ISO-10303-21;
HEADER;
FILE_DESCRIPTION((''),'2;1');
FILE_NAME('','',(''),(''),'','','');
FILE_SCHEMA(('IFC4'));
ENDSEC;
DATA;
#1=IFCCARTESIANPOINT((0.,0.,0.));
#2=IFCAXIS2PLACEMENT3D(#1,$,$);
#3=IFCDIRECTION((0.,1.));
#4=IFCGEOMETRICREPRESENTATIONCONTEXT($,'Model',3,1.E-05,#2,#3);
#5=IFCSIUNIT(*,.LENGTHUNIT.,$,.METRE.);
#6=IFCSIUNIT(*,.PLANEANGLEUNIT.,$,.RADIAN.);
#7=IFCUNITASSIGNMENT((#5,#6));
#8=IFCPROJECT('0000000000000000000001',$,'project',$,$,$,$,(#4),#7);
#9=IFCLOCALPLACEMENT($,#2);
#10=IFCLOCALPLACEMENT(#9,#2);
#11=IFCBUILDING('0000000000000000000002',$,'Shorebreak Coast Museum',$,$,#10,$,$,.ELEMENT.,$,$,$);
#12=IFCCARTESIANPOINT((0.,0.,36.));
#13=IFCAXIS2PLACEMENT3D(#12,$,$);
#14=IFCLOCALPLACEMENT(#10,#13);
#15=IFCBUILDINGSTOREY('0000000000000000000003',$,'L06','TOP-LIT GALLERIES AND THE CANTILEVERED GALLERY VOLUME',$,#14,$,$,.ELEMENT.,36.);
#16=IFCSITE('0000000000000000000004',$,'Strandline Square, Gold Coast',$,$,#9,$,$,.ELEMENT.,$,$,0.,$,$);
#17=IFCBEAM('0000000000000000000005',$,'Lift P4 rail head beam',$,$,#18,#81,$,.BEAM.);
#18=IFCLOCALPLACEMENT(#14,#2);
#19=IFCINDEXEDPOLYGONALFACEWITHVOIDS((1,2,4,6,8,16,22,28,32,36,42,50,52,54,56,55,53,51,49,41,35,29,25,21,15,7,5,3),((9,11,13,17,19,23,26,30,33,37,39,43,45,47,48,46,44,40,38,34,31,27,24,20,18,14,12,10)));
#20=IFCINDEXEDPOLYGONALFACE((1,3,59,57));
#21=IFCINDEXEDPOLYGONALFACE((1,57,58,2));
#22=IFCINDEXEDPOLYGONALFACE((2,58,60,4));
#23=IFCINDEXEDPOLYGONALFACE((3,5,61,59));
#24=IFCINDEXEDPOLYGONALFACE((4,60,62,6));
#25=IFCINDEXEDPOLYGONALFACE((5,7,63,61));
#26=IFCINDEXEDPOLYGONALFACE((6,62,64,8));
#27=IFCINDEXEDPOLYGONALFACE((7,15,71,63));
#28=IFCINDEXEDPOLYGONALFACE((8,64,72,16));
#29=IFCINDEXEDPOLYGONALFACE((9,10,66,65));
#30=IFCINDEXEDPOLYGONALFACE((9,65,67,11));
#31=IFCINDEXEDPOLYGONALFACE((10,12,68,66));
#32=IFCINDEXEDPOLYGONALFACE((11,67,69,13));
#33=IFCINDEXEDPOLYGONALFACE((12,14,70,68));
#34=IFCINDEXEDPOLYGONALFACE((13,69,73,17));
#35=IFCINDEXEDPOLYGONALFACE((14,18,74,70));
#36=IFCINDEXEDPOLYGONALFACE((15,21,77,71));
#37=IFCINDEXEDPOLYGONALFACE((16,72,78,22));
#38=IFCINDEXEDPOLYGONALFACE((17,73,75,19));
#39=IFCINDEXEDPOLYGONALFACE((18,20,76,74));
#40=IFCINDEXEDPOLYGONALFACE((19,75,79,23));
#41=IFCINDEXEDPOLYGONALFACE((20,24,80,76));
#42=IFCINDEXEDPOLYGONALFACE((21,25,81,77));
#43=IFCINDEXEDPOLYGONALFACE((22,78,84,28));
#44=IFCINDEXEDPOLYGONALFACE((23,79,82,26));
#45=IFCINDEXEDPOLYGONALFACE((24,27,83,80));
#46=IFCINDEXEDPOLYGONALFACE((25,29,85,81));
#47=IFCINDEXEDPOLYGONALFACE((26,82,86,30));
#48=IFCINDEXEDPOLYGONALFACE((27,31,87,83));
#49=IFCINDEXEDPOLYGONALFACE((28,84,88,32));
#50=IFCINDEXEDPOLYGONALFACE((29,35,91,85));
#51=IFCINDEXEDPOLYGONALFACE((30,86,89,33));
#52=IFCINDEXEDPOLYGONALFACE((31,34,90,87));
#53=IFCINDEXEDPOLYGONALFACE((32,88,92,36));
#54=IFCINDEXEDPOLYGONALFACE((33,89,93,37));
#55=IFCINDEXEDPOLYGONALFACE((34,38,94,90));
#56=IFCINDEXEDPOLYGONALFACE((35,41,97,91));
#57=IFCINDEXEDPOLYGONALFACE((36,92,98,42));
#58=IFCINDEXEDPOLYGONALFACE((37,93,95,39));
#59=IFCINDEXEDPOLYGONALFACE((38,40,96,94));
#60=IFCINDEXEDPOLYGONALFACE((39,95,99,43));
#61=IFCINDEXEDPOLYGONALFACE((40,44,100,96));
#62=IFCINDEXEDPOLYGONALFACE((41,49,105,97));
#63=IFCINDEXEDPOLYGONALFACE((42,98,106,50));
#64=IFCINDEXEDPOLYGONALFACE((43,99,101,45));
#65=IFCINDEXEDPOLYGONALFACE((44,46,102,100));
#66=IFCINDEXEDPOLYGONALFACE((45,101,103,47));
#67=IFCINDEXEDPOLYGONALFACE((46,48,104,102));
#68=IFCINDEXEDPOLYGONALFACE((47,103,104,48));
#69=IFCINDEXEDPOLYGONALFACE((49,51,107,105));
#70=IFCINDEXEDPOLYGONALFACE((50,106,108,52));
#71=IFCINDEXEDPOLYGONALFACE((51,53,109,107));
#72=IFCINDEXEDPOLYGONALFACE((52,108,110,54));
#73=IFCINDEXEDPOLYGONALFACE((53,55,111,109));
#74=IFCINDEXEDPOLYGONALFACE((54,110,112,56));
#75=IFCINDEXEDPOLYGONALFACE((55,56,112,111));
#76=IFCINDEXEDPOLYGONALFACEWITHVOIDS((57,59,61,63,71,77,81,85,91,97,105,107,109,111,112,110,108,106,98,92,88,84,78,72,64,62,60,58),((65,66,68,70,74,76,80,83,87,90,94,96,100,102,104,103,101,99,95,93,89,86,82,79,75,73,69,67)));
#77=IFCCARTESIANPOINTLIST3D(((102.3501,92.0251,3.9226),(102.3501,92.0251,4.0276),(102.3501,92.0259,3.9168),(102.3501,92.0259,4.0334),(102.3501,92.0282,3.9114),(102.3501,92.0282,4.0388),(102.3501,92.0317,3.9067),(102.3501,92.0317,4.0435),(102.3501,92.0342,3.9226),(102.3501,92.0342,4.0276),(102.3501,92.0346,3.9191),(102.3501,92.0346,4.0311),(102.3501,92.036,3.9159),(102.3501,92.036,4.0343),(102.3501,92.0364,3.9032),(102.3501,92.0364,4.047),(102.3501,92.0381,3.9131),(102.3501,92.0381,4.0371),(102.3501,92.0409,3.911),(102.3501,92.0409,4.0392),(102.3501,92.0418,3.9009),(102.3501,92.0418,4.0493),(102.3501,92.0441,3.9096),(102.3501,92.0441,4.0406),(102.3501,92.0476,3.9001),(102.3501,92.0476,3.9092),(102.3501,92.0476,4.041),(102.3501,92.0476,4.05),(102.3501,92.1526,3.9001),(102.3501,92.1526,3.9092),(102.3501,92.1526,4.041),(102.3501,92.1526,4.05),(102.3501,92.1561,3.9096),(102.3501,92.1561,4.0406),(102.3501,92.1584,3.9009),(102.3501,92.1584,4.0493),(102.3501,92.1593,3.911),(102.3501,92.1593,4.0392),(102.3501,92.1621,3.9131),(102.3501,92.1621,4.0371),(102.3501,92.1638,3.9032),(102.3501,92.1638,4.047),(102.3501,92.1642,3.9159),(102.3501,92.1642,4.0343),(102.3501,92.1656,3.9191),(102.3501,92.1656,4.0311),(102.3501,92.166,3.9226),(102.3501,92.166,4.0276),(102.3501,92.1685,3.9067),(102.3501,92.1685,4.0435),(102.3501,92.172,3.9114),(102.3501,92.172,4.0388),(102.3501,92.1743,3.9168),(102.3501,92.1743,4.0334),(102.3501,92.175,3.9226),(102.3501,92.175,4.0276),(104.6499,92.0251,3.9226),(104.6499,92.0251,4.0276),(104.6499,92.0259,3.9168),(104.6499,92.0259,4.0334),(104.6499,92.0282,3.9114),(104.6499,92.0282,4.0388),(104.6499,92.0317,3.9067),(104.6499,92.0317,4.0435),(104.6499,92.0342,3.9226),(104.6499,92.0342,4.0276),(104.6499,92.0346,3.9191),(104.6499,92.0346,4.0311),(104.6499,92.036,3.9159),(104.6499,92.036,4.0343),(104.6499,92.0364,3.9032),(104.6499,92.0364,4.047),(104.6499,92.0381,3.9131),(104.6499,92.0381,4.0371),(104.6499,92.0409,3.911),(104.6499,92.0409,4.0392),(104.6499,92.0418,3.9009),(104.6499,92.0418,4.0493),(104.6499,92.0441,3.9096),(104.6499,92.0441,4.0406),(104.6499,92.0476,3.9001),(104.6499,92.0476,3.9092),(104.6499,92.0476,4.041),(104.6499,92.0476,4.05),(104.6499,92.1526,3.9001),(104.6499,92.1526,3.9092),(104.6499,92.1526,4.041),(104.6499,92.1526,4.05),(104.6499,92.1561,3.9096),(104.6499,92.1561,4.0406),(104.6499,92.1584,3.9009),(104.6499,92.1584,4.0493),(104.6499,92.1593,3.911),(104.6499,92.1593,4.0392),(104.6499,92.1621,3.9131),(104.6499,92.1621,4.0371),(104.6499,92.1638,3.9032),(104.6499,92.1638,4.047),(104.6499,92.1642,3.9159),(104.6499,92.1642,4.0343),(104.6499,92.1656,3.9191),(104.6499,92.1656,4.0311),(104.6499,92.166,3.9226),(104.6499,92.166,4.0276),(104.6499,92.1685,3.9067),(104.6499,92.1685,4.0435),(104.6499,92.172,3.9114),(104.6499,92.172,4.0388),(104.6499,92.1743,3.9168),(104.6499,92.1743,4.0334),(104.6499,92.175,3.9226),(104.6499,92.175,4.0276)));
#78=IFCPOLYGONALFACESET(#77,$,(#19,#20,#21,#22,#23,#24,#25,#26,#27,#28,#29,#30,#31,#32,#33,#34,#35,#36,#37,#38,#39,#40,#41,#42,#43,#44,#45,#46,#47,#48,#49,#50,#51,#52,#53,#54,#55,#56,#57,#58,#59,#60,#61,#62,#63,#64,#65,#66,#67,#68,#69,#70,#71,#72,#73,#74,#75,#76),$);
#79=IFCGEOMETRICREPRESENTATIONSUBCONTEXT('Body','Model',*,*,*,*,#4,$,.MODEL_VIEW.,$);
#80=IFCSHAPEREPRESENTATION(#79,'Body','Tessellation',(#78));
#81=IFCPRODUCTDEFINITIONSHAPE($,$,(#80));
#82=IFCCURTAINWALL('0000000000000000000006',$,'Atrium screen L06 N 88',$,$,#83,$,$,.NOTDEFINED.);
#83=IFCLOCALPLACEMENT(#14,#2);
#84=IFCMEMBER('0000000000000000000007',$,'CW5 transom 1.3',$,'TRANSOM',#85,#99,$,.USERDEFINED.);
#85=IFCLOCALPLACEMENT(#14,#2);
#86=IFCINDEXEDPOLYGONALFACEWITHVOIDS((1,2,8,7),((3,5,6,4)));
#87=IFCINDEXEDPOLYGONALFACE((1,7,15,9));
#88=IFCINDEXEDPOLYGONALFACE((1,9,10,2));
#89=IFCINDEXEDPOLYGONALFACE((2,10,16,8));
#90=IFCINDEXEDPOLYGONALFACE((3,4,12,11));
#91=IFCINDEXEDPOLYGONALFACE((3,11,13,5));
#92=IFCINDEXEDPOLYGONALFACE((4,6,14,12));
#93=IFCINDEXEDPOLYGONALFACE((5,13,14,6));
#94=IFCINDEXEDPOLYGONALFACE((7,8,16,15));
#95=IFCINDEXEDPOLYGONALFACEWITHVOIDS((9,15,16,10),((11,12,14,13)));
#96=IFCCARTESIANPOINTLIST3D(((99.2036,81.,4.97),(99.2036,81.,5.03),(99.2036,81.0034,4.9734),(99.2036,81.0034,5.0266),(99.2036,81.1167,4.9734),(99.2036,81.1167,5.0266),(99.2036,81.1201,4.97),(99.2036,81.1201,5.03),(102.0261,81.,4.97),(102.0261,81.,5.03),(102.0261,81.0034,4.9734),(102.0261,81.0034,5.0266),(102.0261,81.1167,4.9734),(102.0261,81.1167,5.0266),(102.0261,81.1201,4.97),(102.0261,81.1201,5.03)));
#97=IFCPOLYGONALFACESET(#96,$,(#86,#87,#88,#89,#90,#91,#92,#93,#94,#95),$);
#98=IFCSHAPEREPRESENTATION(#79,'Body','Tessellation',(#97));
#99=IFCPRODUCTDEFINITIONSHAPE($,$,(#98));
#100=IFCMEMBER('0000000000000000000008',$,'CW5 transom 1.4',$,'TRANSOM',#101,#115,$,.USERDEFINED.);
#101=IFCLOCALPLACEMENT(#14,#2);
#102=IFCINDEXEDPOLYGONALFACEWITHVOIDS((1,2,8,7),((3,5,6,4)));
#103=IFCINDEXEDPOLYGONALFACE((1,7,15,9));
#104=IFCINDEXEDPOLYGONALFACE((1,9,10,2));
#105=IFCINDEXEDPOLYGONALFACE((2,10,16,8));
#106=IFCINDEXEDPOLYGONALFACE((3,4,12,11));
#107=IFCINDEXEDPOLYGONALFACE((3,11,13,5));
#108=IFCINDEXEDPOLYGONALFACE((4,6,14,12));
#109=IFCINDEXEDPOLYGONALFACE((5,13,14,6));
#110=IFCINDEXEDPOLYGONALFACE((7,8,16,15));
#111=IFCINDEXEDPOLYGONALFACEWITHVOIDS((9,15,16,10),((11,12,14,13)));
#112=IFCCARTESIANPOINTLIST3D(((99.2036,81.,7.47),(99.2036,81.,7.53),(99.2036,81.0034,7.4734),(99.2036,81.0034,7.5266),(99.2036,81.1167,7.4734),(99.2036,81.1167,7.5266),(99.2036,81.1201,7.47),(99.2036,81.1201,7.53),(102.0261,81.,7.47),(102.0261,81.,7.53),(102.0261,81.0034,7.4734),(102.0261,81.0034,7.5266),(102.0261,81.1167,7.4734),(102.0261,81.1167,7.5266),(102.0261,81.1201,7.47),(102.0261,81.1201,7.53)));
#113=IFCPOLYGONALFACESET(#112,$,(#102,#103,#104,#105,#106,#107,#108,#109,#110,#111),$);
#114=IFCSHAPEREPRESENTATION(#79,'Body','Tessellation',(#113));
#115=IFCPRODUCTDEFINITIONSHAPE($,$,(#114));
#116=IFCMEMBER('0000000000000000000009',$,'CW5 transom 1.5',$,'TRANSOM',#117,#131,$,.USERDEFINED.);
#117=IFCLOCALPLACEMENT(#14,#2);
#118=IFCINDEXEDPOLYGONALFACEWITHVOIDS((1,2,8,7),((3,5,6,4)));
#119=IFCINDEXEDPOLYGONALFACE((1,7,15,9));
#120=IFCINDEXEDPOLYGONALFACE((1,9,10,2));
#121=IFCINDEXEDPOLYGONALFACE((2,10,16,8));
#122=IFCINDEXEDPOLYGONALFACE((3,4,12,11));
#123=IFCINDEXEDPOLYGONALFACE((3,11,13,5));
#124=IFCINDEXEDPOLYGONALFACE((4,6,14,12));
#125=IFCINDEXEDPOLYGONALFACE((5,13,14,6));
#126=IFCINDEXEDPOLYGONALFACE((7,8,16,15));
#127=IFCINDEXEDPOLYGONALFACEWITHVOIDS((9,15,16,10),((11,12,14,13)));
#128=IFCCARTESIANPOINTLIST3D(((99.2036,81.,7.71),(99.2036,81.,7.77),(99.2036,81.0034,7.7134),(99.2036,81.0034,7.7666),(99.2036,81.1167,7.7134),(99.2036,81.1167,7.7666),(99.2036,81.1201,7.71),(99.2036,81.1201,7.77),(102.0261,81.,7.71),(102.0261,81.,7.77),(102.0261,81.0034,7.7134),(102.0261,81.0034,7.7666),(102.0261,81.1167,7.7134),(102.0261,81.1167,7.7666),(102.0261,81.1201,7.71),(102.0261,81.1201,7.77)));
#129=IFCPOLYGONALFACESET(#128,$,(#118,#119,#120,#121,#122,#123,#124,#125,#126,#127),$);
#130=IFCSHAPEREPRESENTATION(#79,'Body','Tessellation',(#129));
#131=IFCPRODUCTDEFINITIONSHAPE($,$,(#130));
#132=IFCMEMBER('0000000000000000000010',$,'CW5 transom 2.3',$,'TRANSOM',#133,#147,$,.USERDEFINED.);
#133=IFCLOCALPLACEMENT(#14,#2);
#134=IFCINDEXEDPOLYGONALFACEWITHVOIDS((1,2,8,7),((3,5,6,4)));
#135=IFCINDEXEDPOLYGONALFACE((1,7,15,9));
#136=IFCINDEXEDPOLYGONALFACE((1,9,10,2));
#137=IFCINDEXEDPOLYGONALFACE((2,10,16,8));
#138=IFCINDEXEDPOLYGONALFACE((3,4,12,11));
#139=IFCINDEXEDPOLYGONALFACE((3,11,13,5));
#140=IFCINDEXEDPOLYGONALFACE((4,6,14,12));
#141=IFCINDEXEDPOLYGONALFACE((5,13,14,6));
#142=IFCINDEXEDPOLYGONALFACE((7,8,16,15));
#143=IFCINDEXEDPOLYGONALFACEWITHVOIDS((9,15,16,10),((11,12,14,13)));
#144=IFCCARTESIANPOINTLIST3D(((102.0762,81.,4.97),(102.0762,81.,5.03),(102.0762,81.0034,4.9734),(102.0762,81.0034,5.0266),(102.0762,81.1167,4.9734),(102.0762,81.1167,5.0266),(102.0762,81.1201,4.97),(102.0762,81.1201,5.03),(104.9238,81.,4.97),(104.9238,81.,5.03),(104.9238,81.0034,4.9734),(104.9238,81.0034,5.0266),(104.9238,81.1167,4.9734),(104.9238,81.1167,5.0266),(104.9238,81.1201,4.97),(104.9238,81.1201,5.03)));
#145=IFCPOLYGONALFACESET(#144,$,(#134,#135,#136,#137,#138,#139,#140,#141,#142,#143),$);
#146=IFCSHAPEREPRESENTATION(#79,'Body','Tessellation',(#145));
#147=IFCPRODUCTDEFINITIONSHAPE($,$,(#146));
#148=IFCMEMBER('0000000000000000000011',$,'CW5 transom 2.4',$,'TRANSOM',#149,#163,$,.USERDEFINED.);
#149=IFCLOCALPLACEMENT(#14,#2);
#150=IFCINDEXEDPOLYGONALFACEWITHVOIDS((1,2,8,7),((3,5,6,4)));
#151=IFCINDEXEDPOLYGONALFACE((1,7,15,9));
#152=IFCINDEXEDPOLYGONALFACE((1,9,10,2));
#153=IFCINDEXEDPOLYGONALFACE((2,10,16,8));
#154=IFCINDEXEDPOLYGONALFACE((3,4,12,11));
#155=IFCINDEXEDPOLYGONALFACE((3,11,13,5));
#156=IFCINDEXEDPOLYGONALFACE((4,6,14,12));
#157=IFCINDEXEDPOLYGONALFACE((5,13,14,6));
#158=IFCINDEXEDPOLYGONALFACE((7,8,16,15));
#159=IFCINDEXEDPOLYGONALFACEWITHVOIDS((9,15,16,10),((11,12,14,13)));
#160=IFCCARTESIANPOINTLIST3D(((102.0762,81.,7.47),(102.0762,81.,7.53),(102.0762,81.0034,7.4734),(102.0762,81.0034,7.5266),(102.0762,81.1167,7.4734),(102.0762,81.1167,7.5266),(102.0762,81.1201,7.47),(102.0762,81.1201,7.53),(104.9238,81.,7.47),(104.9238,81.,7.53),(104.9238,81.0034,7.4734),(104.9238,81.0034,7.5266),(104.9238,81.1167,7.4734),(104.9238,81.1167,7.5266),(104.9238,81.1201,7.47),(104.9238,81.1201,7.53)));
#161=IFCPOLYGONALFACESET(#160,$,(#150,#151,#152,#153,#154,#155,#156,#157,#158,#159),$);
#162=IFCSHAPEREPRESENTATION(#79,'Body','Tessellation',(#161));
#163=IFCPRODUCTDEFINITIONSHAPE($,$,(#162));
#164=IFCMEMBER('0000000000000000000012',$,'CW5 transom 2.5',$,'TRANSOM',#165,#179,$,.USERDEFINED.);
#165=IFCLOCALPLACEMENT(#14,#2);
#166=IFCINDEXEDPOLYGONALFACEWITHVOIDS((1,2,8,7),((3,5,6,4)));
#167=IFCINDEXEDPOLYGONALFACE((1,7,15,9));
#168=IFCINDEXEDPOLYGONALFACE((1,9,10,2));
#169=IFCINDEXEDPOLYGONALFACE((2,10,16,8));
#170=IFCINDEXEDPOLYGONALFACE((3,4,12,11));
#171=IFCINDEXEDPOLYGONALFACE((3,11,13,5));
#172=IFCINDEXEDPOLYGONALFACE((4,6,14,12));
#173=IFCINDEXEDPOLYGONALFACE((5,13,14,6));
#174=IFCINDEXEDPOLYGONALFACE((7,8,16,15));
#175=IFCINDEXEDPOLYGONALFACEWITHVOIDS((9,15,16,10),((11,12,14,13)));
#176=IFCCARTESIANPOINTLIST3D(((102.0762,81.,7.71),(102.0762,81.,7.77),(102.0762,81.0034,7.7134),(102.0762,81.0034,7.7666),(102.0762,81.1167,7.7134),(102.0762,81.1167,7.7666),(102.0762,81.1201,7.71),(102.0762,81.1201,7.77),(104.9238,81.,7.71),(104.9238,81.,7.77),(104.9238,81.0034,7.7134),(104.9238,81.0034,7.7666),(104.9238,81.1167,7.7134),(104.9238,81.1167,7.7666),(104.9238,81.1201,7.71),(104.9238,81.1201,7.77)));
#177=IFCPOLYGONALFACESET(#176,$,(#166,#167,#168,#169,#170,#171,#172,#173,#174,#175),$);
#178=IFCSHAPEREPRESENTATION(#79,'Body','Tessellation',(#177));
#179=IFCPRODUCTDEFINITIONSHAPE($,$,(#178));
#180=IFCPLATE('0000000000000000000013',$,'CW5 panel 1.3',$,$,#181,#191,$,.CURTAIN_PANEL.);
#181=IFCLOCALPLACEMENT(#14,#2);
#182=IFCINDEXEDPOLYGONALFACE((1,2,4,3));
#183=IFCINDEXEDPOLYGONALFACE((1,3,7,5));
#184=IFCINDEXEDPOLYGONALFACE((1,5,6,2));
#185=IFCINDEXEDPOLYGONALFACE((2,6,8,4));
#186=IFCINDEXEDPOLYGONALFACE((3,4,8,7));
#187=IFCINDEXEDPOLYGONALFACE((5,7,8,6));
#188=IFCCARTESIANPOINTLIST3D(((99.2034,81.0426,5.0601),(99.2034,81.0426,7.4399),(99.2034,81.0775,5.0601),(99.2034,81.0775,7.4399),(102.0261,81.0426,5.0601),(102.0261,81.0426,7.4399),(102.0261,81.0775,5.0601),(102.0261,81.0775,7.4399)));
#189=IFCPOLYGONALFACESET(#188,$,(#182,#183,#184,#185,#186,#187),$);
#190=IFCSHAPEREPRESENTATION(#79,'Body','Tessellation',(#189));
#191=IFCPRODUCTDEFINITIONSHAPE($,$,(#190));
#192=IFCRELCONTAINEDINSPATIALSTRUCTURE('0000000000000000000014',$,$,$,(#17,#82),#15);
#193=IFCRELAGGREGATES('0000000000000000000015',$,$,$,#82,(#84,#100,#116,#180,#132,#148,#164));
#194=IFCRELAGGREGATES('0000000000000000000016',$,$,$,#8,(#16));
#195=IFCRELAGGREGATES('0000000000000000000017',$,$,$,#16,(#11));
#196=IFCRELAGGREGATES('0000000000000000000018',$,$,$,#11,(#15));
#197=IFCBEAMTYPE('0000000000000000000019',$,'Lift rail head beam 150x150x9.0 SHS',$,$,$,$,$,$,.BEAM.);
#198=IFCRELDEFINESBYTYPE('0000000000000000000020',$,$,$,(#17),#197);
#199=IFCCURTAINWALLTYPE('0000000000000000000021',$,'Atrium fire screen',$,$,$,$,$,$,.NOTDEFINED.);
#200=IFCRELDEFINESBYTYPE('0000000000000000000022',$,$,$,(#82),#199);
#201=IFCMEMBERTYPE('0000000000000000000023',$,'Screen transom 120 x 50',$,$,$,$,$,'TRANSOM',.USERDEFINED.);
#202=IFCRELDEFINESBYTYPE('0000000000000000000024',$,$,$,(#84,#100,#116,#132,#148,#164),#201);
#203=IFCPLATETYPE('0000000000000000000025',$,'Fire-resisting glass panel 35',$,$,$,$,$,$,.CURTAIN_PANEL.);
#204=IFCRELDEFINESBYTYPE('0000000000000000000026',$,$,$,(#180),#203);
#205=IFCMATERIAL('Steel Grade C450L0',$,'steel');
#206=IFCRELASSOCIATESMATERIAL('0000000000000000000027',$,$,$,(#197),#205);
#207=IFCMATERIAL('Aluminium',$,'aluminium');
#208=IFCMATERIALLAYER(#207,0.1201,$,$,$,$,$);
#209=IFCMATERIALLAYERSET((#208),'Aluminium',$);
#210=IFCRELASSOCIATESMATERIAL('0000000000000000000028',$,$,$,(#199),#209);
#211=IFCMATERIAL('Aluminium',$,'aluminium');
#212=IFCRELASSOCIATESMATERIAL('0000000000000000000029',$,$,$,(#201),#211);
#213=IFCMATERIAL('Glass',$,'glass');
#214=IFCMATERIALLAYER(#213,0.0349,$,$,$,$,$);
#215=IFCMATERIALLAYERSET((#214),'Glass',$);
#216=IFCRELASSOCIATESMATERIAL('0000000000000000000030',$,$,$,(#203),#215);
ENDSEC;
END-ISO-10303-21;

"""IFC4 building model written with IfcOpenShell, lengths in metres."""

from ifc_helpers import new_model, si_unit, direction, frame, origin, origin_2d, place, context, subcontext, project, spatial, rectangle, hollow_rectangle, extrude, material, layer, layer_set, material_profile, profile_set, type_object, element, aggregate, save


model = new_model("IFC4")

# Units and contexts
model_context = context("Model", 3, precision=1e-05, world=origin(), true_north=direction((0.0, 1.0)))
body_context = subcontext(model_context, "Body", "Model", "MODEL_VIEW")
ifc_project = project(units=[si_unit("LENGTHUNIT", "METRE"), si_unit("PLANEANGLEUNIT", "RADIAN")], contexts=[model_context])

# Site, building, storey
site_placement = place(None, origin())
site = spatial("IfcSite", under=ifc_project, at=site_placement, Name="Strandline Square, Gold Coast", CompositionType="ELEMENT", RefElevation=0.0)
building_placement = place(site_placement, origin())
building = spatial("IfcBuilding", under=site, at=building_placement, Name="Shorebreak Coast Museum", CompositionType="ELEMENT")
storey_placement = place(building_placement, frame((0.0, 0.0, 36.0)))
storey = spatial("IfcBuildingStorey", under=building, at=storey_placement, Name="L06", Description="TOP-LIT GALLERIES AND THE CANTILEVERED GALLERY VOLUME", CompositionType="ELEMENT", Elevation=36.0)

# Beam
ifc_material_1 = material(Name="Steel Grade C450L0", Category="steel")
ifc_material_profile_1 = material_profile(ifc_material_1, hollow_rectangle(XDim=0.1499, YDim=0.1499, WallThickness=0.009, InnerFilletRadius=0.0134, OuterFilletRadius=0.0225, at=origin_2d()), Name="150x150x9.0 SHS")
ifc_profile_set_1 = profile_set([ifc_material_profile_1], Name="Steel Grade C450L0")
beam_type_1 = type_object("IfcBeamType", Name="Lift rail head beam 150x150x9.0 SHS", PredefinedType="BEAM", material=ifc_profile_set_1)
beam_1_placement = place(storey_placement, frame((102.3501, 92.1001, 3.9751), z_axis=(1.0, 0.0, 0.0), x_axis=(0.0, 1.0, 0.0)))
element("IfcBeam", 1, at=beam_1_placement, inside=storey, type_object=beam_type_1, Name="Lift P4 rail head beam", PredefinedType="BEAM", context=body_context, shape_type="SweptSolid", body=[
    extrude(hollow_rectangle(XDim=0.1499, YDim=0.1499, WallThickness=0.009, InnerFilletRadius=0.0134, OuterFilletRadius=0.0225, at=origin_2d()), origin(), (0.0, 0.0, 1.0), 2.2998),
])

# Curtain wall, members, plate
ifc_material_2 = material(Name="Aluminium", Category="aluminium")
ifc_layer_1 = layer(ifc_material_2, 0.1201)
ifc_layer_set_1 = layer_set([ifc_layer_1], Name="Aluminium")
curtain_wall_type = type_object("IfcCurtainWallType", Name="Atrium fire screen", PredefinedType="NOTDEFINED", material=ifc_layer_set_1)
curtain_wall_placement = place(storey_placement, origin())
curtain_wall = element("IfcCurtainWall", 2, at=curtain_wall_placement, inside=storey, type_object=curtain_wall_type, Name="Atrium screen L06 N 88", PredefinedType="NOTDEFINED")
ifc_material_3 = material(Name="Aluminium", Category="aluminium")
ifc_material_profile_2 = material_profile(ifc_material_3, hollow_rectangle(XDim=0.1201, YDim=0.0601, WallThickness=0.0034, at=origin_2d()), Name="AL 60x120 RHS")
ifc_profile_set_2 = profile_set([ifc_material_profile_2], Name="Aluminium")
member_type_1 = type_object("IfcMemberType", Name="Screen transom 120 x 50", ElementType="TRANSOM", PredefinedType="USERDEFINED", material=ifc_profile_set_2)
member_1_placement = place(storey_placement, frame((99.2036, 81.0601, 5.0), z_axis=(1.0, 0.0, 0.0), x_axis=(0.0, 1.0, 0.0)))
member_1 = element("IfcMember", 3, at=member_1_placement, type_object=member_type_1, Name="CW5 transom 1.3", ObjectType="TRANSOM", PredefinedType="USERDEFINED", context=body_context, shape_type="SweptSolid", body=[
    extrude(hollow_rectangle(XDim=0.1201, YDim=0.0601, WallThickness=0.0034, at=origin_2d()), origin(), (0.0, 0.0, 1.0), 2.8225),
])
member_2_placement = place(storey_placement, frame((99.2036, 81.0601, 7.5), z_axis=(1.0, 0.0, 0.0), x_axis=(0.0, 1.0, 0.0)))
member_2 = element("IfcMember", 4, at=member_2_placement, type_object=member_type_1, Name="CW5 transom 1.4", ObjectType="TRANSOM", PredefinedType="USERDEFINED", context=body_context, shape_type="SweptSolid", body=[
    extrude(hollow_rectangle(XDim=0.1201, YDim=0.0601, WallThickness=0.0034, at=origin_2d()), origin(), (0.0, 0.0, 1.0), 2.8225),
])
member_3_placement = place(storey_placement, frame((99.2036, 81.0601, 7.74), z_axis=(1.0, 0.0, 0.0), x_axis=(0.0, 1.0, 0.0)))
member_3 = element("IfcMember", 5, at=member_3_placement, type_object=member_type_1, Name="CW5 transom 1.5", ObjectType="TRANSOM", PredefinedType="USERDEFINED", context=body_context, shape_type="SweptSolid", body=[
    extrude(hollow_rectangle(XDim=0.1201, YDim=0.0601, WallThickness=0.0034, at=origin_2d()), origin(), (0.0, 0.0, 1.0), 2.8225),
])
member_4_placement = place(storey_placement, frame((102.0762, 81.0601, 5.0), z_axis=(1.0, 0.0, 0.0), x_axis=(0.0, 1.0, 0.0)))
member_4 = element("IfcMember", 6, at=member_4_placement, type_object=member_type_1, Name="CW5 transom 2.3", ObjectType="TRANSOM", PredefinedType="USERDEFINED", context=body_context, shape_type="SweptSolid", body=[
    extrude(hollow_rectangle(XDim=0.1201, YDim=0.0601, WallThickness=0.0034, at=origin_2d()), origin(), (0.0, 0.0, 1.0), 2.8477),
])
member_5_placement = place(storey_placement, frame((102.0762, 81.0601, 7.5), z_axis=(1.0, 0.0, 0.0), x_axis=(0.0, 1.0, 0.0)))
member_5 = element("IfcMember", 7, at=member_5_placement, type_object=member_type_1, Name="CW5 transom 2.4", ObjectType="TRANSOM", PredefinedType="USERDEFINED", context=body_context, shape_type="SweptSolid", body=[
    extrude(hollow_rectangle(XDim=0.1201, YDim=0.0601, WallThickness=0.0034, at=origin_2d()), origin(), (0.0, 0.0, 1.0), 2.8477),
])
member_6_placement = place(storey_placement, frame((102.0762, 81.0601, 7.74), z_axis=(1.0, 0.0, 0.0), x_axis=(0.0, 1.0, 0.0)))
member_6 = element("IfcMember", 8, at=member_6_placement, type_object=member_type_1, Name="CW5 transom 2.5", ObjectType="TRANSOM", PredefinedType="USERDEFINED", context=body_context, shape_type="SweptSolid", body=[
    extrude(hollow_rectangle(XDim=0.1201, YDim=0.0601, WallThickness=0.0034, at=origin_2d()), origin(), (0.0, 0.0, 1.0), 2.8477),
])
ifc_material_4 = material(Name="Glass", Category="glass")
ifc_layer_2 = layer(ifc_material_4, 0.0349)
ifc_layer_set_2 = layer_set([ifc_layer_2], Name="Glass")
plate_type = type_object("IfcPlateType", Name="Fire-resisting glass panel 35", PredefinedType="CURTAIN_PANEL", material=ifc_layer_set_2)
plate_1_placement = place(storey_placement, frame((100.6147, 81.0601, 5.0601), z_axis=(0.0, 0.0, 1.0), x_axis=(1.0, 0.0, 0.0)))
plate_1 = element("IfcPlate", 9, at=plate_1_placement, type_object=plate_type, Name="CW5 panel 1.3", PredefinedType="CURTAIN_PANEL", context=body_context, shape_type="SweptSolid", body=[
    extrude(rectangle(XDim=2.8228, YDim=0.0349, at=origin_2d()), origin(), (0.0, 0.0, 1.0), 2.3799),
])
aggregate(curtain_wall, [member_1, member_2, member_3, plate_1, member_4, member_5, member_6])

save(model, "model.ifc")
